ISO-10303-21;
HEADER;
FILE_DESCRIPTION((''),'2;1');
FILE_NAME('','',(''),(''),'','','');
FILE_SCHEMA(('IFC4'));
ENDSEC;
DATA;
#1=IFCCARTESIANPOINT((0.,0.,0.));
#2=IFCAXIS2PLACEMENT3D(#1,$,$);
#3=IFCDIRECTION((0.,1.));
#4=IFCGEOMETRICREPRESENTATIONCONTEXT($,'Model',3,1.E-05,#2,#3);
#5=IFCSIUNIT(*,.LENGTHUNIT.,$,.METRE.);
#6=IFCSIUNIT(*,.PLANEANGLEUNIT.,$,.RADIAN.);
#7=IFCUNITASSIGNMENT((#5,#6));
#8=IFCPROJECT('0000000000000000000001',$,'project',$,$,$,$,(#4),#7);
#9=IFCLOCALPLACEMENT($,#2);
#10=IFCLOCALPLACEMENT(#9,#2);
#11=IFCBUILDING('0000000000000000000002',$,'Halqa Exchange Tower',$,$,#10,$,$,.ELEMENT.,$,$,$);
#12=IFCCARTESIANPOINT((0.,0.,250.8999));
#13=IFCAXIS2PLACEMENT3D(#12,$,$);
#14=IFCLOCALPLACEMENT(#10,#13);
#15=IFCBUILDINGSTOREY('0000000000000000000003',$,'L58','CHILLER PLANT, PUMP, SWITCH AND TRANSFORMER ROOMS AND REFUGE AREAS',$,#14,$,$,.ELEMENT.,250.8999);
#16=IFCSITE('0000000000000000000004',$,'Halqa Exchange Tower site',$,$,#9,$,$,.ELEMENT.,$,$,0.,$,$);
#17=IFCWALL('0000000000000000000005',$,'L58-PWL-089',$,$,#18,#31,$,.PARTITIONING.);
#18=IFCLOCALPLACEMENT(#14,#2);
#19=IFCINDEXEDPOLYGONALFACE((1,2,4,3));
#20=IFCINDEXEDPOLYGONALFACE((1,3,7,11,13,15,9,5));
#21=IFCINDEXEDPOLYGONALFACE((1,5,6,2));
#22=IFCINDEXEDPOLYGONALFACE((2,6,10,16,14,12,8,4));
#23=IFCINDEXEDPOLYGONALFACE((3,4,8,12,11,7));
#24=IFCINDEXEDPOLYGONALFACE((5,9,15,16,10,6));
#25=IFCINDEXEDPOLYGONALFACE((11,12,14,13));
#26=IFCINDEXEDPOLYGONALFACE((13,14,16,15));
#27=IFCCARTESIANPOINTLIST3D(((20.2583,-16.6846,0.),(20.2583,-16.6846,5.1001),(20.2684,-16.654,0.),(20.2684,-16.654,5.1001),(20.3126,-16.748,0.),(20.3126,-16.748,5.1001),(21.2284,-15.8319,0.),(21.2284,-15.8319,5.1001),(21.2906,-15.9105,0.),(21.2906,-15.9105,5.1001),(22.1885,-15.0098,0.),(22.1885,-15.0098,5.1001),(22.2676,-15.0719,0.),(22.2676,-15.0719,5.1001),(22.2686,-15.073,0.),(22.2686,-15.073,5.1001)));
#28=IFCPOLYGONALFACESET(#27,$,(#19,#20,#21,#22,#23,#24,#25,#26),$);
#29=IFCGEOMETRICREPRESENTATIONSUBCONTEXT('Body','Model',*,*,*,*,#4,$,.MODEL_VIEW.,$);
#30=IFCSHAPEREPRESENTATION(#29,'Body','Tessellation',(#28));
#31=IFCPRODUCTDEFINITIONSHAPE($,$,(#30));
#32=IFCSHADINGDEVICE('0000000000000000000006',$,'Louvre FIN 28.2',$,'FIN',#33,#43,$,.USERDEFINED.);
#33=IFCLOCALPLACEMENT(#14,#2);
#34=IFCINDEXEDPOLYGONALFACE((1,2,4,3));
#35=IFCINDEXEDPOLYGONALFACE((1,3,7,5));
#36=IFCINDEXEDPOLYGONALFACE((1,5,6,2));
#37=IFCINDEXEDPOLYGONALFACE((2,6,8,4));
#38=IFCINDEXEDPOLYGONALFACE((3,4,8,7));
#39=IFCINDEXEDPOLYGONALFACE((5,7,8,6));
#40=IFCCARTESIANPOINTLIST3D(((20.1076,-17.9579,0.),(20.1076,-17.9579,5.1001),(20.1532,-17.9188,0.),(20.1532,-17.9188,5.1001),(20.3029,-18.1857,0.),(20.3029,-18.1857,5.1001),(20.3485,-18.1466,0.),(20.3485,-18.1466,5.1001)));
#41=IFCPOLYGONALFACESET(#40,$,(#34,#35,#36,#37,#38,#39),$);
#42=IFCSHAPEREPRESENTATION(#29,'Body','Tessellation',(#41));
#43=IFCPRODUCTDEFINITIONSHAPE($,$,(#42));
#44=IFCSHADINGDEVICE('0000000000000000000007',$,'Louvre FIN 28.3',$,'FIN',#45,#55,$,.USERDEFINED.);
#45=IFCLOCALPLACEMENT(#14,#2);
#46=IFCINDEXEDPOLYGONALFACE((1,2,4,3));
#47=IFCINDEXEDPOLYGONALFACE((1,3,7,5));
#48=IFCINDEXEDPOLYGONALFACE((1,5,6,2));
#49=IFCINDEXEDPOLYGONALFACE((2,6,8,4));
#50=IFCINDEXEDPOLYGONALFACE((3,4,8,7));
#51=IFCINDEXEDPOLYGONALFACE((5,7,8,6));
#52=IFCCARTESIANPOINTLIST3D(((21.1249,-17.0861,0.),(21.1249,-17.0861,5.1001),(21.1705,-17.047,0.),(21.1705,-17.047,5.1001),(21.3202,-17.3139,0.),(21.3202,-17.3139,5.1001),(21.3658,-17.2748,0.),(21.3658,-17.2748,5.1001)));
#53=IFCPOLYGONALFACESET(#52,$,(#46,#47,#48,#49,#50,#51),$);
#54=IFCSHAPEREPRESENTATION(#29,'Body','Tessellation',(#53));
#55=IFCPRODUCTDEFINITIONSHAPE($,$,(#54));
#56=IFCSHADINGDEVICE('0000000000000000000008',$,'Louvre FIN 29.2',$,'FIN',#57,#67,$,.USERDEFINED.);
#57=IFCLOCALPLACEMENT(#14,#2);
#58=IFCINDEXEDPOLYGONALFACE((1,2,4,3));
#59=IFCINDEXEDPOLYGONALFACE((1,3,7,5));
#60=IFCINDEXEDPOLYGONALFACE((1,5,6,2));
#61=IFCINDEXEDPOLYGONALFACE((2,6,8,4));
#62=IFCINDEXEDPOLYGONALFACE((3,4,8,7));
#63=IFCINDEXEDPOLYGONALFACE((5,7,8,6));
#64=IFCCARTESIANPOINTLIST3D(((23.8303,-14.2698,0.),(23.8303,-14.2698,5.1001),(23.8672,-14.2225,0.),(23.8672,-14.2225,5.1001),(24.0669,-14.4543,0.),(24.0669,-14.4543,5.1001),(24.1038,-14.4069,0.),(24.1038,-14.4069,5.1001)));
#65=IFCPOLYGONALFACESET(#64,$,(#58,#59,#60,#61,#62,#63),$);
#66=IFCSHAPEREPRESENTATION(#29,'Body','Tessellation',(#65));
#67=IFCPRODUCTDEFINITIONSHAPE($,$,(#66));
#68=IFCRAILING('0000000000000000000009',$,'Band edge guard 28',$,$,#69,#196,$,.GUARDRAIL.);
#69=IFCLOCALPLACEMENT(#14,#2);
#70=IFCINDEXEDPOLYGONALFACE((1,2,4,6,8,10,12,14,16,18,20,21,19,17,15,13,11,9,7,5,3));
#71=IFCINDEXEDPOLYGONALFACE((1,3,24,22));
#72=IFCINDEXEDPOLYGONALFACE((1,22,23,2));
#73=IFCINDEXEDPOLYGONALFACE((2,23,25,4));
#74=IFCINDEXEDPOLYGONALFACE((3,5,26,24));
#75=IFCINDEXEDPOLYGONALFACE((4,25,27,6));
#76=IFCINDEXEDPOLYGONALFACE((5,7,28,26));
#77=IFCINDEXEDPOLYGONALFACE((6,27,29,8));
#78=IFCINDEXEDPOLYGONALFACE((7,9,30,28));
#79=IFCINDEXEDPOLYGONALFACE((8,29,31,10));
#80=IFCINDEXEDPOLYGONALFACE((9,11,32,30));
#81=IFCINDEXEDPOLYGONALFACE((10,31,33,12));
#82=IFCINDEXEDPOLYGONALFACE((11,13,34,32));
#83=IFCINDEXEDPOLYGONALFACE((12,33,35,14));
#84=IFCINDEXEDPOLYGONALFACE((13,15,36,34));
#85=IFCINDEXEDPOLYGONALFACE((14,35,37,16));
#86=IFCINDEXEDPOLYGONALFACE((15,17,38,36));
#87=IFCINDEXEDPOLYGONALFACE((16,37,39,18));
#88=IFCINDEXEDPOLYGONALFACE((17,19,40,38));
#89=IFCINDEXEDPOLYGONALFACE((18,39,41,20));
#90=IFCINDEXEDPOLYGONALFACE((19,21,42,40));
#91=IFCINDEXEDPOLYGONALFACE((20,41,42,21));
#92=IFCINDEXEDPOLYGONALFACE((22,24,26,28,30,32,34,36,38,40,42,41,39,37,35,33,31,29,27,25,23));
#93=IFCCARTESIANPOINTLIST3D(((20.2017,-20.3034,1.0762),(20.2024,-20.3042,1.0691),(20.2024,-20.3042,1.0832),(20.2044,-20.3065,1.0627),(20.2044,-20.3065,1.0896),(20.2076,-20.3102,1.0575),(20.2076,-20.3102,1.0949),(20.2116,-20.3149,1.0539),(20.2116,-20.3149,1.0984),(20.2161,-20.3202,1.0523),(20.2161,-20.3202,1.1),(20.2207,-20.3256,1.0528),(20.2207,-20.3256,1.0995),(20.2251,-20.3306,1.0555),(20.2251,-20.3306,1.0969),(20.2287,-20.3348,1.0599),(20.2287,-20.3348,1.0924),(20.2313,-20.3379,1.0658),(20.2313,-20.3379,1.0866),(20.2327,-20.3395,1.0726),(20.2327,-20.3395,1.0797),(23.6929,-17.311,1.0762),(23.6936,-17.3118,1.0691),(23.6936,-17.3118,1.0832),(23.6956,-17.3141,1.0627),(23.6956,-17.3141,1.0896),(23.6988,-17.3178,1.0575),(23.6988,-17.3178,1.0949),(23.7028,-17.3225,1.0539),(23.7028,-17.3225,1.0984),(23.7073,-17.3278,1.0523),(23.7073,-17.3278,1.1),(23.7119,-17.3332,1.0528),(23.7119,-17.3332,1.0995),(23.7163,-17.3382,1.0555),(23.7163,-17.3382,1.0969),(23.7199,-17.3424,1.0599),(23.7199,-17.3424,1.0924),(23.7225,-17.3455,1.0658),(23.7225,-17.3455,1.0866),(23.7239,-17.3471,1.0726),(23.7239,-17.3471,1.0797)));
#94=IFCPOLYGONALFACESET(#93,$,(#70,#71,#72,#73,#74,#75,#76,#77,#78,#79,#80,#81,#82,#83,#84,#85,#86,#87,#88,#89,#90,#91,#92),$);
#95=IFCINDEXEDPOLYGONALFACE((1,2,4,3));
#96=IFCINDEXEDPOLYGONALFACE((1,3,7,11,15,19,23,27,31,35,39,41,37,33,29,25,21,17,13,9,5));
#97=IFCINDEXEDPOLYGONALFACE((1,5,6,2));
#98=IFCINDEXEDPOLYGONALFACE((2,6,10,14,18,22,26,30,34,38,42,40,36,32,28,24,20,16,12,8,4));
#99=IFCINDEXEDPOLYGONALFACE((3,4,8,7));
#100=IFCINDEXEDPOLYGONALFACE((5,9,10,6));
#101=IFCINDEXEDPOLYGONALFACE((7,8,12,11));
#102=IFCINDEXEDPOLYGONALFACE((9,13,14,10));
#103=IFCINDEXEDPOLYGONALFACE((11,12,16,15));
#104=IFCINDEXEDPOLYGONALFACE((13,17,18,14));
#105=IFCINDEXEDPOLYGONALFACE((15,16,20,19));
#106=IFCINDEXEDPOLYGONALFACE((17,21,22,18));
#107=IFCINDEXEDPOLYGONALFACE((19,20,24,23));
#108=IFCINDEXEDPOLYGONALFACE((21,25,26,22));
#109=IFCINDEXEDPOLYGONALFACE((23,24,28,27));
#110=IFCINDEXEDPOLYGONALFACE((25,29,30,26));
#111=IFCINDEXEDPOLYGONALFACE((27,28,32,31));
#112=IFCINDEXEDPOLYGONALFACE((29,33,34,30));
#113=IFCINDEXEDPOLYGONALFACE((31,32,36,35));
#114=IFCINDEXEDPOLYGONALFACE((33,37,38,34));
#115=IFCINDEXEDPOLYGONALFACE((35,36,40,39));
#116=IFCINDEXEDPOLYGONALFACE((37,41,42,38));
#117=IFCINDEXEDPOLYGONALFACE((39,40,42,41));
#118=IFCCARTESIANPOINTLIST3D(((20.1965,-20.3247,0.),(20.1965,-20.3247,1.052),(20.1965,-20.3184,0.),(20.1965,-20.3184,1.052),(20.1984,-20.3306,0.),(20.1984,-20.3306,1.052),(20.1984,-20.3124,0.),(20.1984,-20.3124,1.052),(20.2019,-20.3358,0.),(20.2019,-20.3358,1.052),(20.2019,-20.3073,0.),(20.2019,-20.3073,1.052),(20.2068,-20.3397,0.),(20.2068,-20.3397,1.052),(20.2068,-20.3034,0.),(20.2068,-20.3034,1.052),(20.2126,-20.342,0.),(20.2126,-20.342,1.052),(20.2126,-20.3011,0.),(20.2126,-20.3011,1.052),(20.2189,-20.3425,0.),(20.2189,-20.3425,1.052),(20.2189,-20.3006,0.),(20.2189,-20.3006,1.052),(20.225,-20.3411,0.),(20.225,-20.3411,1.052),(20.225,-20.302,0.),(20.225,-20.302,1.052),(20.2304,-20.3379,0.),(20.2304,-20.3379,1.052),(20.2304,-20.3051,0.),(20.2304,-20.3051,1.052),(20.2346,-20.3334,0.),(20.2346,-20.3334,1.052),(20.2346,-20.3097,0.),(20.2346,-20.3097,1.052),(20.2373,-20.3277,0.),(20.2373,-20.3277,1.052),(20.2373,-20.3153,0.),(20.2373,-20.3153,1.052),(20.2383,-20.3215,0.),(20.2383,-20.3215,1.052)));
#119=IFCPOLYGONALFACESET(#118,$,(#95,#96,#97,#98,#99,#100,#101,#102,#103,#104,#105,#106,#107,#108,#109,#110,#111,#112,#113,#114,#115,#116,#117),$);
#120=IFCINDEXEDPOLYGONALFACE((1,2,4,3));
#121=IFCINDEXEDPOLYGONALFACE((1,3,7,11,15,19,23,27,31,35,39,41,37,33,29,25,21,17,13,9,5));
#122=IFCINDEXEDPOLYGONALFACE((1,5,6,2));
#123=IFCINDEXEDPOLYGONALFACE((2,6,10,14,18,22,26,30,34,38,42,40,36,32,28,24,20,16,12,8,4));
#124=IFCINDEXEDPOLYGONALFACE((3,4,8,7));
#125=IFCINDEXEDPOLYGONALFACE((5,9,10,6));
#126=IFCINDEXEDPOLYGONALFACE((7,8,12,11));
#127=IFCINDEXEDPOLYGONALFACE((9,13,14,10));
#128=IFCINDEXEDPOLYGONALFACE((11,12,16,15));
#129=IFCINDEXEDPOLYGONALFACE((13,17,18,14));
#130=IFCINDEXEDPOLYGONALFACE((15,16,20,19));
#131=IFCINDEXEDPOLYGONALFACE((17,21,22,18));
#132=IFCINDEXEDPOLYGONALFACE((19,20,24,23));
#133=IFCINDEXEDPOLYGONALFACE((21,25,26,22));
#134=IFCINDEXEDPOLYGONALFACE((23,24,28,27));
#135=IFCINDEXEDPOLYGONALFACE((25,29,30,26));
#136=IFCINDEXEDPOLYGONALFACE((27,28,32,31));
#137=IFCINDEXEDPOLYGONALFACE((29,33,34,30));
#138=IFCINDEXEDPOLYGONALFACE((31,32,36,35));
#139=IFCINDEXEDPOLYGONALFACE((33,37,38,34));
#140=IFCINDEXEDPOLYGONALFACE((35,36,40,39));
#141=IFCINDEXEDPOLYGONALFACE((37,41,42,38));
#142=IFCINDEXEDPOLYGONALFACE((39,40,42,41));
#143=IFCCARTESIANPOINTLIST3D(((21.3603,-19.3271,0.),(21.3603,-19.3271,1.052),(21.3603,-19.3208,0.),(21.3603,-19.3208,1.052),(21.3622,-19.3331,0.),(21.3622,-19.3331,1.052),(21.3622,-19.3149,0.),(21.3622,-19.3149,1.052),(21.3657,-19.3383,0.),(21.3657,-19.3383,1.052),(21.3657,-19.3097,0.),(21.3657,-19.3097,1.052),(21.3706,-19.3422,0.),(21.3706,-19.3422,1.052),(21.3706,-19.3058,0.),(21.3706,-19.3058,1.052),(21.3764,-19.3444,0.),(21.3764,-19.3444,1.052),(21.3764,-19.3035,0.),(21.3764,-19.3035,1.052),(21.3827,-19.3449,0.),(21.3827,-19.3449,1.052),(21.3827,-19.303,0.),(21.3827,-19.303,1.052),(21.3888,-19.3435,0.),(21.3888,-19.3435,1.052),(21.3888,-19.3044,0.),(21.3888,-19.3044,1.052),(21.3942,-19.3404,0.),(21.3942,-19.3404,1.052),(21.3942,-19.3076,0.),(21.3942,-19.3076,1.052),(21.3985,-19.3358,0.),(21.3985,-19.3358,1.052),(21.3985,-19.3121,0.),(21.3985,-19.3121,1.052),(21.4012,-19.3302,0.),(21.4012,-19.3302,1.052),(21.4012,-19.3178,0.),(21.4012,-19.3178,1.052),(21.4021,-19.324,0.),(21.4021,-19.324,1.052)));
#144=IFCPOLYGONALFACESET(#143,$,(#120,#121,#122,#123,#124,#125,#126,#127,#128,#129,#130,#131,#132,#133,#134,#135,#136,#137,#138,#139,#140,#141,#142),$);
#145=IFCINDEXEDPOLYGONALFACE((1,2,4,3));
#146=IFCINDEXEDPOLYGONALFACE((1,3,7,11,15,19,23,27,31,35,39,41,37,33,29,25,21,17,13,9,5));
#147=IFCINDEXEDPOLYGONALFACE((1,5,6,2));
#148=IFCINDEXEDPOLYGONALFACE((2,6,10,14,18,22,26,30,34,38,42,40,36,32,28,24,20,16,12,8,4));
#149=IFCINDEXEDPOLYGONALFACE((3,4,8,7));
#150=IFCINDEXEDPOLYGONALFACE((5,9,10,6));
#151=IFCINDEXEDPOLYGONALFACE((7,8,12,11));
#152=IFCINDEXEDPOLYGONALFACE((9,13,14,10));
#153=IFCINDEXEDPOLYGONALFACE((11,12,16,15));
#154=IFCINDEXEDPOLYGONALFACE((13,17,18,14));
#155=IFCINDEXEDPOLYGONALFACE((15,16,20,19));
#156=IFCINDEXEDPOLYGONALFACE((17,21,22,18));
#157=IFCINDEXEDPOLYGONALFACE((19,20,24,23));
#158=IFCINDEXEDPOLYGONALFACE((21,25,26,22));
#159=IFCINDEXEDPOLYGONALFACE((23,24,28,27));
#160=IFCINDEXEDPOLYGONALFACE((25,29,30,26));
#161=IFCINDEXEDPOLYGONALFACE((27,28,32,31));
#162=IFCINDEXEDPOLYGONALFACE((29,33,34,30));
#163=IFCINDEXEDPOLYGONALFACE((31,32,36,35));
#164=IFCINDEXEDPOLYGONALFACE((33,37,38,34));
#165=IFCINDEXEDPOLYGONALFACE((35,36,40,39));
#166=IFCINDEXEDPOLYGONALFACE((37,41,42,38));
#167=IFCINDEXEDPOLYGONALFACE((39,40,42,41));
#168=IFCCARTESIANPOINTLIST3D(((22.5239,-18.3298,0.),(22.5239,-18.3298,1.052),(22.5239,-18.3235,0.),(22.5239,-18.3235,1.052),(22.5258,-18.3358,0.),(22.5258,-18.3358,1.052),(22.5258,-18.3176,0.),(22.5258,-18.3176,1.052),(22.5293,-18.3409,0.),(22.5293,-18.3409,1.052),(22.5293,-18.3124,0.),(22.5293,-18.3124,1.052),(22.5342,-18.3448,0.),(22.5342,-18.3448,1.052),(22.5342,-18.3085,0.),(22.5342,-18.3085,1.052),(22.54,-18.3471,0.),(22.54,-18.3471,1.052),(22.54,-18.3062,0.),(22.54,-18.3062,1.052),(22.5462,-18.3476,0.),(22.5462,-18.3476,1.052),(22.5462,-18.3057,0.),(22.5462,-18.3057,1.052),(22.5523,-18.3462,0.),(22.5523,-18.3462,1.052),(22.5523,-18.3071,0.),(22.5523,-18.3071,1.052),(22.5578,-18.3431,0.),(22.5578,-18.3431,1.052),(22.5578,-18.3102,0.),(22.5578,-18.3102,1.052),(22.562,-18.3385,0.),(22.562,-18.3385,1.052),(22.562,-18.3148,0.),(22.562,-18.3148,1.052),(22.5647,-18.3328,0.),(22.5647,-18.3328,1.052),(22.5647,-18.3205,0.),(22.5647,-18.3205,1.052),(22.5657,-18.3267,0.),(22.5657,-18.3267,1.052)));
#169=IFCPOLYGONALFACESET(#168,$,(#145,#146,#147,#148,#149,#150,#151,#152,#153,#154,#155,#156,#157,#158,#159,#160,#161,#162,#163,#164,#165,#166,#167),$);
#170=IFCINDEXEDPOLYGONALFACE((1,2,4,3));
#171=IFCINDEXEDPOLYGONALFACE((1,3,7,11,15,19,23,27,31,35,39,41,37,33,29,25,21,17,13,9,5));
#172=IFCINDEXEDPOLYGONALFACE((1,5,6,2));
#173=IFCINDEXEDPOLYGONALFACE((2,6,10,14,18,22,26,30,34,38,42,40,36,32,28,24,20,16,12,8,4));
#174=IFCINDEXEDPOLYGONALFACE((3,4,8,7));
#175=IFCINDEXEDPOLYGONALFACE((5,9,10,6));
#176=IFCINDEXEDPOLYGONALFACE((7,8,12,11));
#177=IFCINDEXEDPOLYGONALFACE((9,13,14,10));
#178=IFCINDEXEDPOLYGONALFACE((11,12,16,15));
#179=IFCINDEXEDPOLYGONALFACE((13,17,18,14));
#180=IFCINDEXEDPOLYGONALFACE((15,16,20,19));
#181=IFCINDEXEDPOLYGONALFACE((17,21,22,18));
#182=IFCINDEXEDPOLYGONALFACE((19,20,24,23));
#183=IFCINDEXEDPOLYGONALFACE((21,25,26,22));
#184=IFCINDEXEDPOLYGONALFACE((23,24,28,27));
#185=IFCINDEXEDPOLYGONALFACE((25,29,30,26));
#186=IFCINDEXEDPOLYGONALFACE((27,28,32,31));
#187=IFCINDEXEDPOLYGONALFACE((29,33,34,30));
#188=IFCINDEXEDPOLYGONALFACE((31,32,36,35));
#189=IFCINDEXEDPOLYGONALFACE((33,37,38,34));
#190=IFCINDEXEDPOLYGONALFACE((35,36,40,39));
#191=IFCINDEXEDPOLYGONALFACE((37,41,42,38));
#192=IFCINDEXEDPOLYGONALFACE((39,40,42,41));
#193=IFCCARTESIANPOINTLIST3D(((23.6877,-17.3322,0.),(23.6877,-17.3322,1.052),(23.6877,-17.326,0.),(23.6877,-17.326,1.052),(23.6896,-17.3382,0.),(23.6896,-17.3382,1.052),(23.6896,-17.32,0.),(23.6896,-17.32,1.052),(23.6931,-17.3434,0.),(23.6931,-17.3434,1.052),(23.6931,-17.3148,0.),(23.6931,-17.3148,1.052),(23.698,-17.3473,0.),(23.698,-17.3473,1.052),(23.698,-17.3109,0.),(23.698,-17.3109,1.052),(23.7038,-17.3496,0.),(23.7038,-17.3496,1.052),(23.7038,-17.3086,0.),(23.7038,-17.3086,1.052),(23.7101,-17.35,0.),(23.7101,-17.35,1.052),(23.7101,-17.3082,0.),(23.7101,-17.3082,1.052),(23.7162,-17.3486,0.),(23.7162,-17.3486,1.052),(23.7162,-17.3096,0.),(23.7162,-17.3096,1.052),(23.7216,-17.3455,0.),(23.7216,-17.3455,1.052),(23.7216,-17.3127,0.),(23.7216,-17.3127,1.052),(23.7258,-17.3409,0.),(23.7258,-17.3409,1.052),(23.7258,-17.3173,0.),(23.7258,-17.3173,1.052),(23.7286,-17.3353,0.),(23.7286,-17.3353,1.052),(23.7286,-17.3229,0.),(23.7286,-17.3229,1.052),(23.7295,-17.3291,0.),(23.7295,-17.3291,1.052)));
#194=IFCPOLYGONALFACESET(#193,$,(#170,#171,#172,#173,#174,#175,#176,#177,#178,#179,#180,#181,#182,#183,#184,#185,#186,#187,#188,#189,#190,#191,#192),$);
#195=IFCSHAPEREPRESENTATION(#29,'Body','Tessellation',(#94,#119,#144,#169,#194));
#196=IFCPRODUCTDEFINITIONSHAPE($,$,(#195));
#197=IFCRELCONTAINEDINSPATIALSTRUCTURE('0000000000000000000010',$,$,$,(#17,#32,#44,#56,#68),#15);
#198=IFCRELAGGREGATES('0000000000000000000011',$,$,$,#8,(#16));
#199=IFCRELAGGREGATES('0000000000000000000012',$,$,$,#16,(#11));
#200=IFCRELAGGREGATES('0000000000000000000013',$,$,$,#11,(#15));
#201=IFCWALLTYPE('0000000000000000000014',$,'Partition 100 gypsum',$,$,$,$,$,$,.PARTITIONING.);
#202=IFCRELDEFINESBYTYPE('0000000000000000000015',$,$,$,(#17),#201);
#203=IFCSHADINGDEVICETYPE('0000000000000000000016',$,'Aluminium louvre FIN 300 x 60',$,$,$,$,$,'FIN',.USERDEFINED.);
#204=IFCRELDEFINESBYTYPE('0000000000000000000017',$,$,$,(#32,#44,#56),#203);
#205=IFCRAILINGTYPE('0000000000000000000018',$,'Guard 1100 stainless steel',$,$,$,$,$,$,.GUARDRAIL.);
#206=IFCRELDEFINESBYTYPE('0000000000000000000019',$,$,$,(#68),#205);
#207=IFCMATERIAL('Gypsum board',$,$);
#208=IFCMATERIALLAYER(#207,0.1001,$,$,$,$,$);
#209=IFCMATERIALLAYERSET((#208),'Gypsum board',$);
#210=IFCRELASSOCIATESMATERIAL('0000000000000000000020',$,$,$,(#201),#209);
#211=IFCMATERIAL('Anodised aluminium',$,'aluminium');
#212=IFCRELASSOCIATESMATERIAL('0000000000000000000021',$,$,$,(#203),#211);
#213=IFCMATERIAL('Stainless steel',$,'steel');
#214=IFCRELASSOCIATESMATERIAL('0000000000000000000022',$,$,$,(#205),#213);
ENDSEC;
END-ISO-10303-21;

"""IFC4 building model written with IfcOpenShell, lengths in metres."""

from ifc_helpers import new_model, si_unit, direction, frame, origin, origin_2d, place, context, subcontext, project, spatial, polyline, rectangle, circle, outline, extrude, material, layer, layer_set, material_profile, profile_set, type_object, element, save


model = new_model("IFC4")

# Units and contexts
model_context = context("Model", 3, precision=1e-05, world=origin(), true_north=direction((0.0, 1.0)))
body_context = subcontext(model_context, "Body", "Model", "MODEL_VIEW")
ifc_project = project(units=[si_unit("LENGTHUNIT", "METRE"), si_unit("PLANEANGLEUNIT", "RADIAN")], contexts=[model_context])

# Site, building, storey
site_placement = place(None, origin())
site = spatial("IfcSite", under=ifc_project, at=site_placement, Name="Halqa Exchange Tower site", CompositionType="ELEMENT", RefElevation=0.0)
building_placement = place(site_placement, origin())
building = spatial("IfcBuilding", under=site, at=building_placement, Name="Halqa Exchange Tower", CompositionType="ELEMENT")
storey_placement = place(building_placement, frame((0.0, 0.0, 250.8999)))
storey = spatial("IfcBuildingStorey", under=building, at=storey_placement, Name="L58", Description="CHILLER PLANT, PUMP, SWITCH AND TRANSFORMER ROOMS AND REFUGE AREAS", CompositionType="ELEMENT", Elevation=250.8999)

# Wall
ifc_material_1 = material(Name="Gypsum board")
ifc_layer_1 = layer(ifc_material_1, 0.1001)
ifc_layer_set_1 = layer_set([ifc_layer_1], Name="Gypsum board")
wall_type_1 = type_object("IfcWallType", Name="Partition 100 gypsum", PredefinedType="PARTITIONING", material=ifc_layer_set_1)
wall_1_placement = place(storey_placement, frame((20.28, -16.71, 0.0), z_axis=(0.0, 0.0, 1.0), x_axis=(0.759558, 0.65044, 0.0)))
element("IfcWall", 1, at=wall_1_placement, inside=storey, type_object=wall_type_1, Name="L58-PWL-089", PredefinedType="PARTITIONING", context=body_context, shape_type="SweptSolid", body=[
    extrude(outline(polyline([(2.5752, -0.05), (2.5752, -0.0486), (2.5554, 0.05), (1.2915, 0.05), (0.0276, 0.05), (0.0, 0.0334), (0.0, -0.05), (1.2876, -0.05), (2.5752, -0.05)])), origin(), (0.0, 0.0, 1.0), 5.1001),
])

# Shading devices
ifc_material_2 = material(Name="Anodised aluminium", Category="aluminium")
ifc_material_profile_1 = material_profile(ifc_material_2, rectangle(XDim=0.3, YDim=0.0601, at=origin_2d()), Name="AL FIN 300x60")
ifc_profile_set_1 = profile_set([ifc_material_profile_1], Name="Anodised aluminium")
shading_device_type = type_object("IfcShadingDeviceType", Name="Aluminium louvre FIN 300 x 60", ElementType="FIN", PredefinedType="USERDEFINED", material=ifc_profile_set_1)
for number, where, z_axis, x_axis, name in (
    (2, (20.228, -18.0522, 0.0), (0.0, 0.0, 1.0), (-0.650795, 0.759253, 0.0), "Louvre FIN 28.2"),
    (3, (21.2454, -17.1804, 0.0), (0.0, 0.0, 1.0), (-0.650795, 0.759253, 0.0), "Louvre FIN 28.3"),
    (4, (23.967, -14.3384, 0.0), (0.0, 0.0, 1.0), (-0.78867, 0.614817, 0.0), "Louvre FIN 29.2"),
):
    element("IfcShadingDevice", number, at=place(storey_placement, frame(where, z_axis=z_axis, x_axis=x_axis)), inside=storey, type_object=shading_device_type, Name=name, ObjectType="FIN", PredefinedType="USERDEFINED", context=body_context, shape_type="SweptSolid", body=[
        extrude(rectangle(XDim=0.3, YDim=0.0601, at=origin_2d()), origin(), (0.0, 0.0, 1.0), 5.1001),
    ])

# Railing
ifc_material_3 = material(Name="Stainless steel", Category="steel")
railing_type = type_object("IfcRailingType", Name="Guard 1100 stainless steel", PredefinedType="GUARDRAIL", material=ifc_material_3)
railing_1_placement = place(storey_placement, frame((20.2173, -20.3215, 0.0)))
element("IfcRailing", 5, at=railing_1_placement, inside=storey, type_object=railing_type, Name="Band edge guard 28", PredefinedType="GUARDRAIL", context=body_context, shape_type="SweptSolid", body=[
    extrude(circle(Radius=0.0239, at=origin_2d()), frame((0.0, 0.0, 1.0762), z_axis=(0.75926, 0.650787, 0.0), x_axis=(-0.650787, 0.75926, 0.0)), (0.0, 0.0, 1.0), 4.5981),
    extrude(circle(Radius=0.021, at=origin_2d()), origin(), (0.0, 0.0, 1.0), 1.052),
    extrude(circle(Radius=0.021, at=origin_2d()), frame((1.1638, 0.9976, 0.0)), (0.0, 0.0, 1.0), 1.052),
    extrude(circle(Radius=0.021, at=origin_2d()), frame((2.3274, 1.9949, 0.0)), (0.0, 0.0, 1.0), 1.052),
    extrude(circle(Radius=0.021, at=origin_2d()), frame((3.4912, 2.9924, 0.0)), (0.0, 0.0, 1.0), 1.052),
])

save(model, "model.ifc")
